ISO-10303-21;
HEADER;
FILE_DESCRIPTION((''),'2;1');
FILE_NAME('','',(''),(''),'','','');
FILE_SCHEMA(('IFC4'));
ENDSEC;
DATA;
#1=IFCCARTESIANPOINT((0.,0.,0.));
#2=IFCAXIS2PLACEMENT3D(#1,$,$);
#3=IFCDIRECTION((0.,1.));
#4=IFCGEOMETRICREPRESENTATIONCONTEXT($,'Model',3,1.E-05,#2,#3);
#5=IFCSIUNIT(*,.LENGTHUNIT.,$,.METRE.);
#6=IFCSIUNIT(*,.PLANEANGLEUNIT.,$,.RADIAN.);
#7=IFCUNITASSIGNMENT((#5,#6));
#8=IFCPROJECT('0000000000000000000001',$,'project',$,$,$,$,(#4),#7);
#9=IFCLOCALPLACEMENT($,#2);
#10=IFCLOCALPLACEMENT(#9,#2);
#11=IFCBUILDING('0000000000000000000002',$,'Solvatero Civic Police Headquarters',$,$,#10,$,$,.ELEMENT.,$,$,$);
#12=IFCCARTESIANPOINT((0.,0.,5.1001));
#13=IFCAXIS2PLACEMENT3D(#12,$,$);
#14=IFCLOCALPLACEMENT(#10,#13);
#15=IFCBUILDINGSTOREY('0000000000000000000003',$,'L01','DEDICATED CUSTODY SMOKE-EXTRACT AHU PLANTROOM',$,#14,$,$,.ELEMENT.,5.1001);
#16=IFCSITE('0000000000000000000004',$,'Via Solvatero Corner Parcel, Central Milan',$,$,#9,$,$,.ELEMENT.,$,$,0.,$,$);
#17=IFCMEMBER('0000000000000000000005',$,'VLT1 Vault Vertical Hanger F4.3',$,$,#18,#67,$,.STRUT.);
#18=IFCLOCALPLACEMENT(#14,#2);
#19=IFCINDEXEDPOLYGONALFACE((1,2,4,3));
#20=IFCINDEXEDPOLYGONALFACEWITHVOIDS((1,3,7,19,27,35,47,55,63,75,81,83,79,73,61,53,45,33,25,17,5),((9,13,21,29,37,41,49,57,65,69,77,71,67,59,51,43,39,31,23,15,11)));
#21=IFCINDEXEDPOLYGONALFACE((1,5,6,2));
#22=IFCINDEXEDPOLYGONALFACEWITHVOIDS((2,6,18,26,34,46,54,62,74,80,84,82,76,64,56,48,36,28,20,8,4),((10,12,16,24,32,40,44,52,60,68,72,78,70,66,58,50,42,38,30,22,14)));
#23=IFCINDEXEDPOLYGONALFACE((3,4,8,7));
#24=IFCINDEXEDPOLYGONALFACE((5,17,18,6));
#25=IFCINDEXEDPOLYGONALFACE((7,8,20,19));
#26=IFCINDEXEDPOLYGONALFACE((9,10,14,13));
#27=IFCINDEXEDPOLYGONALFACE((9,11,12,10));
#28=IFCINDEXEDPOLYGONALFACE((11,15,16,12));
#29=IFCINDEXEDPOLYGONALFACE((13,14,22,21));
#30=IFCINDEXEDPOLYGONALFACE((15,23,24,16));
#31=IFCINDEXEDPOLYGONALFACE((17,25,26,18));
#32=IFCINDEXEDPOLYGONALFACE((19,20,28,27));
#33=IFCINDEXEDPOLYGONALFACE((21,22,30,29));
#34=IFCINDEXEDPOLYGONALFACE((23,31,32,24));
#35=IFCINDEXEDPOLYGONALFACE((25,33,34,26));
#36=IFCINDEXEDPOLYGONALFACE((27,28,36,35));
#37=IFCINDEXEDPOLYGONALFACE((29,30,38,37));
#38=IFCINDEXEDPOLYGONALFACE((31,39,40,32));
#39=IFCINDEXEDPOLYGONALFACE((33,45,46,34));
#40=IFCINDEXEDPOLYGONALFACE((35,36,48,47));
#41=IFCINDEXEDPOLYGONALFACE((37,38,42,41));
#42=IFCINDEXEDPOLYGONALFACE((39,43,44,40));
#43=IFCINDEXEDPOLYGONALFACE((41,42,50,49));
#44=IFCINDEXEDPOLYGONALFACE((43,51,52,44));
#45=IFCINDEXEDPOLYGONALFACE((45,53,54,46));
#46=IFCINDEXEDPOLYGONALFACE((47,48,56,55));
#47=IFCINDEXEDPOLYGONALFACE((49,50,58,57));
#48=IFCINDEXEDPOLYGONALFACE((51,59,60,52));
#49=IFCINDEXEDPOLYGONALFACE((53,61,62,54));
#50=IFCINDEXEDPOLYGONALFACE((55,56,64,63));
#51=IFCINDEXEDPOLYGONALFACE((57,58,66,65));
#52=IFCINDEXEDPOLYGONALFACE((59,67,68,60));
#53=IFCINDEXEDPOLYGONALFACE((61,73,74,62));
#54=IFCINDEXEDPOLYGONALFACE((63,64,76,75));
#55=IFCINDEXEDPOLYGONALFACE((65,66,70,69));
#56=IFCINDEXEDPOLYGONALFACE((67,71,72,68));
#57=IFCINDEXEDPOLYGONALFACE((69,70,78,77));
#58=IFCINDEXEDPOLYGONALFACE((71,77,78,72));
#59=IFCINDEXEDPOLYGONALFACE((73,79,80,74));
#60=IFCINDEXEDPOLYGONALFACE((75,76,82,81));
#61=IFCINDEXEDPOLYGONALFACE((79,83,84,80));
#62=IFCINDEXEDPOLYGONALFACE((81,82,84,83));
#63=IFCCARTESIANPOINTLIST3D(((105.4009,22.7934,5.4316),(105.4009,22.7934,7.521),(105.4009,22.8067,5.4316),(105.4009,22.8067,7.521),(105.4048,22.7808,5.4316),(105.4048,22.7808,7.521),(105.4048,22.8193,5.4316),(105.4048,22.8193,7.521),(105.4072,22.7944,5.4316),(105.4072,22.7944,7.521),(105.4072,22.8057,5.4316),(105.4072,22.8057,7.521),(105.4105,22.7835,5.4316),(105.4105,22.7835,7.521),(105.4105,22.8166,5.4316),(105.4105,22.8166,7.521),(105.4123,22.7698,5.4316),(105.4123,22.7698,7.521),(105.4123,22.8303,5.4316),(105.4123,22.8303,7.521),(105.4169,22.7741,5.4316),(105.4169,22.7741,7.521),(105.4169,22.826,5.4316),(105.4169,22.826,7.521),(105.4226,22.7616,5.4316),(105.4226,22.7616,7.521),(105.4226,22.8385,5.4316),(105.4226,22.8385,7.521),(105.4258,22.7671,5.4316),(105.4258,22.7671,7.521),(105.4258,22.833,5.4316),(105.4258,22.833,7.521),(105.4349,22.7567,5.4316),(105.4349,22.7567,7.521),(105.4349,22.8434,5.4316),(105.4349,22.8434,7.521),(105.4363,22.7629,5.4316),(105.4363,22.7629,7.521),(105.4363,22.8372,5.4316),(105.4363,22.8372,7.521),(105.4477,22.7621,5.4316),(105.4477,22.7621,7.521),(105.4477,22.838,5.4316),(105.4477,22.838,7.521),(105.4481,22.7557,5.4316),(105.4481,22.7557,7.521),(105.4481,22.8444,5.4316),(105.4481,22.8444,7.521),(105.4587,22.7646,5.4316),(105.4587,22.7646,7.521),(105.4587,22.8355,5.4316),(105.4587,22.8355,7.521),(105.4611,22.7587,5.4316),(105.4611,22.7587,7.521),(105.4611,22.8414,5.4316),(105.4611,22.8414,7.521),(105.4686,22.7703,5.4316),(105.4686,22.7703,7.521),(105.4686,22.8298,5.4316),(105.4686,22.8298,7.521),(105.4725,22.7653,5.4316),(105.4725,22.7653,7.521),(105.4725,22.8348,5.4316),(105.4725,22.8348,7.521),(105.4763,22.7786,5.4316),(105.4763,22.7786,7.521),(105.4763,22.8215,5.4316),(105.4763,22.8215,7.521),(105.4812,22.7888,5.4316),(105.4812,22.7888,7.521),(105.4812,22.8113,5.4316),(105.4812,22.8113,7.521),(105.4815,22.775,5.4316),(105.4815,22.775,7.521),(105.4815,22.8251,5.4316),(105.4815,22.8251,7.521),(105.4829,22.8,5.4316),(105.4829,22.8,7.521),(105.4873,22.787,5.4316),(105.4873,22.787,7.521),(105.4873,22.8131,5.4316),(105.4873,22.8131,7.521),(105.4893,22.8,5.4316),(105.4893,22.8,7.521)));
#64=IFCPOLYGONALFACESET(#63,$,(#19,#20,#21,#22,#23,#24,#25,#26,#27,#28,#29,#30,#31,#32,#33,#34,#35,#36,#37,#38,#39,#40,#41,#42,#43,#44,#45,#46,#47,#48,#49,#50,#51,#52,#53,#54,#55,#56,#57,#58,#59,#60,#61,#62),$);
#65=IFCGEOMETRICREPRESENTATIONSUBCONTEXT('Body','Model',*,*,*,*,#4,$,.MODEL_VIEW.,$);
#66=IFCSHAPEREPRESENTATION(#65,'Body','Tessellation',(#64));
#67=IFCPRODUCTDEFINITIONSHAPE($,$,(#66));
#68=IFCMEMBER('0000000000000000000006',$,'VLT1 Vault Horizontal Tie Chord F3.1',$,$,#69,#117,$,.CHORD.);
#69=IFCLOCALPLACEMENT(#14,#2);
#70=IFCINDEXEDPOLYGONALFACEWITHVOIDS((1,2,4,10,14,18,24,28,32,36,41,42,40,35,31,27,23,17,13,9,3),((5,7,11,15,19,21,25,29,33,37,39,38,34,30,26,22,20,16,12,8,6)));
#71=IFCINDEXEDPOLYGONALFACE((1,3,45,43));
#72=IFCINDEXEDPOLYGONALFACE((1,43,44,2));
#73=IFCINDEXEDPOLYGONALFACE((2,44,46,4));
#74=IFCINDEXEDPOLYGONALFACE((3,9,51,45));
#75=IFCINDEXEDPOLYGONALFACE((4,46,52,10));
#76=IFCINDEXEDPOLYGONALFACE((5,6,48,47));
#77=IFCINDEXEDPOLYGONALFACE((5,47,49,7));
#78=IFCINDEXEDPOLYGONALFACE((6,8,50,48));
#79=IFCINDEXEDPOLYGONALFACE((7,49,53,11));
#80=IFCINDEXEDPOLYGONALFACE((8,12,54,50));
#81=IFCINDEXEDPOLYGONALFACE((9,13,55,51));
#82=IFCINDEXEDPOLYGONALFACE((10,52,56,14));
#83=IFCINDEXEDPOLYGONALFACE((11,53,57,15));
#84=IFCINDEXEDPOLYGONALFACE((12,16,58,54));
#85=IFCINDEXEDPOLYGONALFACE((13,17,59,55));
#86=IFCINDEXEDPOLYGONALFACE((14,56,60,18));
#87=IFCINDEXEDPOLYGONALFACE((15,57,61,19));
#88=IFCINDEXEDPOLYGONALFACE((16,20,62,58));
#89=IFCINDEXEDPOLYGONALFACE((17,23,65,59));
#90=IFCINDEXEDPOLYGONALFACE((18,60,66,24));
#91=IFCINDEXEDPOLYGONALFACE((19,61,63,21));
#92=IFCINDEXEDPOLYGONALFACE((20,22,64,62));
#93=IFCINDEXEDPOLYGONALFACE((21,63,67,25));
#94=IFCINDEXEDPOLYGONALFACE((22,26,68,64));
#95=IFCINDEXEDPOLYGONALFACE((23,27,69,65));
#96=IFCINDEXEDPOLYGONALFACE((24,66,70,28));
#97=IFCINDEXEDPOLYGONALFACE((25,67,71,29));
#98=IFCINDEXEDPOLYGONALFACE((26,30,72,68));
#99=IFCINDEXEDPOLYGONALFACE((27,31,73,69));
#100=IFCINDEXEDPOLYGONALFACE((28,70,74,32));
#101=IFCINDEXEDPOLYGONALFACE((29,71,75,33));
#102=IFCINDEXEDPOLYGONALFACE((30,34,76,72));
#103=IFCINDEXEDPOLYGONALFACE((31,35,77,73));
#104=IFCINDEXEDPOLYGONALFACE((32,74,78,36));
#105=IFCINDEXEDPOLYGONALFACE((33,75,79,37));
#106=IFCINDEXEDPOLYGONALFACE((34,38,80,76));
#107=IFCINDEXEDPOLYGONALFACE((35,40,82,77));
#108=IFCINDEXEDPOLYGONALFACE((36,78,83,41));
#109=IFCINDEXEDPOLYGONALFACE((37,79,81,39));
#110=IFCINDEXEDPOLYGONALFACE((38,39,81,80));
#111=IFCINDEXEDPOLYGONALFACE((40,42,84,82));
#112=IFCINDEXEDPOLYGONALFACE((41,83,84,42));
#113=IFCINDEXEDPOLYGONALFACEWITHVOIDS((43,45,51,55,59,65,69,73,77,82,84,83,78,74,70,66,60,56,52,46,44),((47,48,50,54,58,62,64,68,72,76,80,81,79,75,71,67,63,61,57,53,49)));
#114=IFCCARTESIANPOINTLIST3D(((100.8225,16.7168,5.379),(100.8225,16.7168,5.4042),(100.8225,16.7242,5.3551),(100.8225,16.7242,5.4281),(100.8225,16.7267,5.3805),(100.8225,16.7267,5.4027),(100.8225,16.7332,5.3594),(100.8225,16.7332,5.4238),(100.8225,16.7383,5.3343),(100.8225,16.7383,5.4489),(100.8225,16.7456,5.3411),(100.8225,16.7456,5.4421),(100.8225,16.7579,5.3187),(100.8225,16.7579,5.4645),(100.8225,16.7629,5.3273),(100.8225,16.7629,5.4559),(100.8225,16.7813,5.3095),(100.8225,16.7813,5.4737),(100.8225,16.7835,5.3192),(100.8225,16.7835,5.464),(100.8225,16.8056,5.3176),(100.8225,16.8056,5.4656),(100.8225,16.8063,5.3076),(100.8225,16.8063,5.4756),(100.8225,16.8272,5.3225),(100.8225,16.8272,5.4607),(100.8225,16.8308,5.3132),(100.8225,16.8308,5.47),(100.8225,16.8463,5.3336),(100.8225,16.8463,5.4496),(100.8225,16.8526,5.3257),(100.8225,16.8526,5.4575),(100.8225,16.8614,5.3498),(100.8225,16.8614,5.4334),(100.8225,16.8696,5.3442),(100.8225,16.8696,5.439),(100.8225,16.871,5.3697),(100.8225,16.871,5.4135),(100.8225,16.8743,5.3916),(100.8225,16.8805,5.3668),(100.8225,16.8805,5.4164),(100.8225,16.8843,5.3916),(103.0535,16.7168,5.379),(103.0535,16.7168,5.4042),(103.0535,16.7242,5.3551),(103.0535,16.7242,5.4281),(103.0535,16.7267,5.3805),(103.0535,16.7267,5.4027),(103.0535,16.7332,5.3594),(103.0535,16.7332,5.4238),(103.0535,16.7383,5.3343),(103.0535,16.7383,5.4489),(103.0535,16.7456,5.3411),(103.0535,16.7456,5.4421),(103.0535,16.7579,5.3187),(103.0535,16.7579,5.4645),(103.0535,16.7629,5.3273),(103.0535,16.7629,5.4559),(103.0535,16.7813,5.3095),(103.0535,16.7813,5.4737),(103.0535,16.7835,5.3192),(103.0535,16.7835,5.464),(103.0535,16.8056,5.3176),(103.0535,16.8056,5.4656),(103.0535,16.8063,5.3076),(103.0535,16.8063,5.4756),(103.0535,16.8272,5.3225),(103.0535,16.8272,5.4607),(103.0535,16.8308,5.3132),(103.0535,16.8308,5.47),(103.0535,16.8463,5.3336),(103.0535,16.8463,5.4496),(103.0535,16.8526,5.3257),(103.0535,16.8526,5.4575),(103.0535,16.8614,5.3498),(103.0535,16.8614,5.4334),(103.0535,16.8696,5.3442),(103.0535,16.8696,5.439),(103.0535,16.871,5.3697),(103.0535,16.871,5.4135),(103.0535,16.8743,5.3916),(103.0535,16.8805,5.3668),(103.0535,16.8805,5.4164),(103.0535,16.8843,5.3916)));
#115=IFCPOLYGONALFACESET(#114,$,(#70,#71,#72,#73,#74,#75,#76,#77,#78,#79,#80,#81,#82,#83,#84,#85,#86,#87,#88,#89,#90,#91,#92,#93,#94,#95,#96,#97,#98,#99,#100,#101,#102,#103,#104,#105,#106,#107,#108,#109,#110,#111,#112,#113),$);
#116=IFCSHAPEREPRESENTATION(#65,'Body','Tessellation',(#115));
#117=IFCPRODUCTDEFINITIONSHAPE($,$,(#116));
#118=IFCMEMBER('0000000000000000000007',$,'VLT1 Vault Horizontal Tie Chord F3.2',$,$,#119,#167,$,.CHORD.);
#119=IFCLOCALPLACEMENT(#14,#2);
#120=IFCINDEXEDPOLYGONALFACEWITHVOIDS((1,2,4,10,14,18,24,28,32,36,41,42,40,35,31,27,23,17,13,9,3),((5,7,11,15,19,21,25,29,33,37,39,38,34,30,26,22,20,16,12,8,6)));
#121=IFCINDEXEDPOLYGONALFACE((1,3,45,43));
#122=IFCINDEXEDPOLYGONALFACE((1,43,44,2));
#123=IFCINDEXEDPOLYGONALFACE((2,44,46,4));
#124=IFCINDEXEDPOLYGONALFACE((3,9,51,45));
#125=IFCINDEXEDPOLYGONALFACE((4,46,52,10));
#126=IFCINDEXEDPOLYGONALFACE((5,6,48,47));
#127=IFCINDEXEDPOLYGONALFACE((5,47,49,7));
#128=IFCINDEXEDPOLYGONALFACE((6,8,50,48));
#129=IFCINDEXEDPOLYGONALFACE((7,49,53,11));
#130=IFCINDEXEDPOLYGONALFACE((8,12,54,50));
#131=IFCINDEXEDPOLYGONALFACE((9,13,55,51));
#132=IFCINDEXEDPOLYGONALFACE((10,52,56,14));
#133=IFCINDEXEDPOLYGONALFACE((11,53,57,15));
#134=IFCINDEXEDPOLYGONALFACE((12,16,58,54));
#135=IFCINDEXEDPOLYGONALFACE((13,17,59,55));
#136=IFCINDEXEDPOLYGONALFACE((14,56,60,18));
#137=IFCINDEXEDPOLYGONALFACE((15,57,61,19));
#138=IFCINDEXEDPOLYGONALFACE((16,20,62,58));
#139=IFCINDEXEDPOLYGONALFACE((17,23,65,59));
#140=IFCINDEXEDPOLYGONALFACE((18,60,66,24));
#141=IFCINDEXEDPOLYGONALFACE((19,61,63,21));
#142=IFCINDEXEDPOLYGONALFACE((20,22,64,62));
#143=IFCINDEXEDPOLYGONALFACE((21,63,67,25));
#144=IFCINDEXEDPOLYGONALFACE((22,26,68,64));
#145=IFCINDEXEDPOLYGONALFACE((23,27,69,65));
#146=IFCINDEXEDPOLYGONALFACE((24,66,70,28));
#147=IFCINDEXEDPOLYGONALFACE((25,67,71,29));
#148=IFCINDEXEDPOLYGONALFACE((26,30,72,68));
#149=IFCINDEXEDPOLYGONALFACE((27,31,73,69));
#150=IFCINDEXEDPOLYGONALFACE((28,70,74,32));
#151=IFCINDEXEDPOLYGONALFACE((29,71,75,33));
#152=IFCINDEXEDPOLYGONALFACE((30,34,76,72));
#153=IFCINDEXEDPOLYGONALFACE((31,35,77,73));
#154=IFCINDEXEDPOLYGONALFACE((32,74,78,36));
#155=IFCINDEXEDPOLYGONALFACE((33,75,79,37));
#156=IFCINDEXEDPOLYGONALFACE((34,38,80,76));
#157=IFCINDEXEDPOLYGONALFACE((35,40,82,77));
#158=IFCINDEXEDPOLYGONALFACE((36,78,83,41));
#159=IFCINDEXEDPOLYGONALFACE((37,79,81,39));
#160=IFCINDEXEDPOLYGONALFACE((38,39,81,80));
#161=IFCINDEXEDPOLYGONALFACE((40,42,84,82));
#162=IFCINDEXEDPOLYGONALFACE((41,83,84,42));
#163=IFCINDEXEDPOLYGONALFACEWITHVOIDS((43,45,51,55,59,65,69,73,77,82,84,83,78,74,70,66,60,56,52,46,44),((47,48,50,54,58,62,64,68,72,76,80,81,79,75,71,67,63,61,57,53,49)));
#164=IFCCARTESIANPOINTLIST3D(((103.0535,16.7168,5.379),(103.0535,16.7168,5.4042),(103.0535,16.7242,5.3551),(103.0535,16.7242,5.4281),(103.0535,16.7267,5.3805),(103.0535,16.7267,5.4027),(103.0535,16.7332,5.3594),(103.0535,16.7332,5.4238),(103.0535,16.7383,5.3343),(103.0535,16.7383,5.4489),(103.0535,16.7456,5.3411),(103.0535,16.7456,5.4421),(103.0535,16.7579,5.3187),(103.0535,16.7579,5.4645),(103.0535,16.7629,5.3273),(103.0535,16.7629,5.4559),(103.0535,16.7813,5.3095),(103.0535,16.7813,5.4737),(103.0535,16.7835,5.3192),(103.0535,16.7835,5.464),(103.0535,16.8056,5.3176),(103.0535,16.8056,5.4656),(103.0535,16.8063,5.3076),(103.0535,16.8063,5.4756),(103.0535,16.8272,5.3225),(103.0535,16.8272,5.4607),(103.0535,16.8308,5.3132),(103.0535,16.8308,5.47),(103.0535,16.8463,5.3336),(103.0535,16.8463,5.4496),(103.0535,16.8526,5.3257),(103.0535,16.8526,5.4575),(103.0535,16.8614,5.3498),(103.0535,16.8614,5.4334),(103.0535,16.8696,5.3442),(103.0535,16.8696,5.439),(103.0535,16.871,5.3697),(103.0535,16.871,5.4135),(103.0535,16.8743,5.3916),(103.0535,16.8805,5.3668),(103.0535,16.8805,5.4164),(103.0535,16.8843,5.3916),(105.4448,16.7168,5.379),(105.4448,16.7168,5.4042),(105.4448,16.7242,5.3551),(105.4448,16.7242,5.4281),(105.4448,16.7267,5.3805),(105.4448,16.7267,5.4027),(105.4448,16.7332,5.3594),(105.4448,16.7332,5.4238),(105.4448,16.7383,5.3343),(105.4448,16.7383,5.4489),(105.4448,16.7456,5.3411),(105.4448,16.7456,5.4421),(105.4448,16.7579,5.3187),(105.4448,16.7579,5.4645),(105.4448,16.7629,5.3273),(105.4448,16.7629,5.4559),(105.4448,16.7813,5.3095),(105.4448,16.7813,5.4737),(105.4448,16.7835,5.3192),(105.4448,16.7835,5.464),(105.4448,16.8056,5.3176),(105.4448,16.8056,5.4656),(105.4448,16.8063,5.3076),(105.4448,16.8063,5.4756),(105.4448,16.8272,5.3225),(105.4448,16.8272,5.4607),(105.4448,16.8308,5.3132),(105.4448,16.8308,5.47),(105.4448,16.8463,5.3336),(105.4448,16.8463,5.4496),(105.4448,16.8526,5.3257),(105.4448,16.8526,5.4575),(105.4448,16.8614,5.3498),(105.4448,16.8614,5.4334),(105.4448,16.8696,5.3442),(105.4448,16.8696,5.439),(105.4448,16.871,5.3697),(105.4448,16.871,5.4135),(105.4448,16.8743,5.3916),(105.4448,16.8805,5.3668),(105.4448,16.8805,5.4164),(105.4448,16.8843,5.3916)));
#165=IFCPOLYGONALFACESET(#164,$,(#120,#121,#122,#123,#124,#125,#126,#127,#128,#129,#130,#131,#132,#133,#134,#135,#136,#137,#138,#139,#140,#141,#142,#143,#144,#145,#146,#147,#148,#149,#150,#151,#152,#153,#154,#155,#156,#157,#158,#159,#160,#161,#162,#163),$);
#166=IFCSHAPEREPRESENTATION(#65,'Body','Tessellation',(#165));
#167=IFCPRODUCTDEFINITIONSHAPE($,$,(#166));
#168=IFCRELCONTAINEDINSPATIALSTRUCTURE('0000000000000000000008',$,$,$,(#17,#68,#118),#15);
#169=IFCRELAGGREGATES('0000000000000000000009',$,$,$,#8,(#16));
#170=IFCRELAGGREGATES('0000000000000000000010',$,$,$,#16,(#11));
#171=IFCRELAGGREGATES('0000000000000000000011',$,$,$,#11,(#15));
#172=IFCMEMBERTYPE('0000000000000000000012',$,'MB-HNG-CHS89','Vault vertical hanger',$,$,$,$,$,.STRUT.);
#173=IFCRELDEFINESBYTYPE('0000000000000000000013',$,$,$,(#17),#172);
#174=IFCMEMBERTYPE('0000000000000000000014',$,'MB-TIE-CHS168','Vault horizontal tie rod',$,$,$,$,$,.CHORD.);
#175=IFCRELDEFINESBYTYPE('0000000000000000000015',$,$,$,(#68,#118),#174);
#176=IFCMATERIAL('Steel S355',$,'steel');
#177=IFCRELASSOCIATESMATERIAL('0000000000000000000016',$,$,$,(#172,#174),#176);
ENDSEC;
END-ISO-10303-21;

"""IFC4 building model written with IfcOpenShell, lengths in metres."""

from ifc_helpers import new_model, si_unit, direction, frame, origin, origin_2d, place, context, subcontext, project, spatial, hollow_circle, extrude, material, material_profile, profile_set, type_object, element, save


model = new_model("IFC4")

# Units and contexts
model_context = context("Model", 3, precision=1e-05, world=origin(), true_north=direction((0.0, 1.0)))
body_context = subcontext(model_context, "Body", "Model", "MODEL_VIEW")
ifc_project = project(units=[si_unit("LENGTHUNIT", "METRE"), si_unit("PLANEANGLEUNIT", "RADIAN")], contexts=[model_context])

# Site, building, storey
site_placement = place(None, origin())
site = spatial("IfcSite", under=ifc_project, at=site_placement, Name="Via Solvatero Corner Parcel, Central Milan", CompositionType="ELEMENT", RefElevation=0.0)
building_placement = place(site_placement, origin())
building = spatial("IfcBuilding", under=site, at=building_placement, Name="Solvatero Civic Police Headquarters", CompositionType="ELEMENT")
storey_placement = place(building_placement, frame((0.0, 0.0, 5.1001)))
storey = spatial("IfcBuildingStorey", under=building, at=storey_placement, Name="L01", Description="DEDICATED CUSTODY SMOKE-EXTRACT AHU PLANTROOM", CompositionType="ELEMENT", Elevation=5.1001)

# Shared definitions
ifc_material = material(Name="Steel S355", Category="steel")

# Members
ifc_material_profile_1 = material_profile(ifc_material, hollow_circle(Radius=0.0444, WallThickness=0.0063, at=origin_2d()), Name="CHS 88.9x6.3")
ifc_profile_set_1 = profile_set([ifc_material_profile_1], Name="Steel S355")
member_type_1 = type_object("IfcMemberType", Name="MB-HNG-CHS89", Description="Vault vertical hanger", PredefinedType="STRUT", material=ifc_profile_set_1)
member_1_placement = place(storey_placement, frame((105.4448, 22.8, 5.4316), z_axis=(0.0, 0.0, 1.0), x_axis=(1.0, 0.0, 0.0)))
element("IfcMember", 1, at=member_1_placement, inside=storey, type_object=member_type_1, Name="VLT1 Vault Vertical Hanger F4.3", PredefinedType="STRUT", context=body_context, shape_type="SweptSolid", body=[
    extrude(hollow_circle(Radius=0.0444, WallThickness=0.0063, at=origin_2d()), origin(), (0.0, 0.0, 1.0), 2.0894),
])
ifc_material_profile_2 = material_profile(ifc_material, hollow_circle(Radius=0.0842, WallThickness=0.01, at=origin_2d()), Name="CHS 168.3x10.0")
ifc_profile_set_2 = profile_set([ifc_material_profile_2], Name="Steel S355")
member_type_2 = type_object("IfcMemberType", Name="MB-TIE-CHS168", Description="Vault horizontal tie rod", PredefinedType="CHORD", material=ifc_profile_set_2)
member_2_placement = place(storey_placement, frame((100.8225, 16.8, 5.3916), z_axis=(1.0, 0.0, 0.0), x_axis=(0.0, 1.0, 0.0)))
element("IfcMember", 2, at=member_2_placement, inside=storey, type_object=member_type_2, Name="VLT1 Vault Horizontal Tie Chord F3.1", PredefinedType="CHORD", context=body_context, shape_type="SweptSolid", body=[
    extrude(hollow_circle(Radius=0.0842, WallThickness=0.01, at=origin_2d()), origin(), (0.0, 0.0, 1.0), 2.231),
])
member_3_placement = place(storey_placement, frame((103.0535, 16.8, 5.3916), z_axis=(1.0, 0.0, 0.0), x_axis=(0.0, 1.0, 0.0)))
element("IfcMember", 3, at=member_3_placement, inside=storey, type_object=member_type_2, Name="VLT1 Vault Horizontal Tie Chord F3.2", PredefinedType="CHORD", context=body_context, shape_type="SweptSolid", body=[
    extrude(hollow_circle(Radius=0.0842, WallThickness=0.01, at=origin_2d()), origin(), (0.0, 0.0, 1.0), 2.3914),
])

save(model, "model.ifc")
